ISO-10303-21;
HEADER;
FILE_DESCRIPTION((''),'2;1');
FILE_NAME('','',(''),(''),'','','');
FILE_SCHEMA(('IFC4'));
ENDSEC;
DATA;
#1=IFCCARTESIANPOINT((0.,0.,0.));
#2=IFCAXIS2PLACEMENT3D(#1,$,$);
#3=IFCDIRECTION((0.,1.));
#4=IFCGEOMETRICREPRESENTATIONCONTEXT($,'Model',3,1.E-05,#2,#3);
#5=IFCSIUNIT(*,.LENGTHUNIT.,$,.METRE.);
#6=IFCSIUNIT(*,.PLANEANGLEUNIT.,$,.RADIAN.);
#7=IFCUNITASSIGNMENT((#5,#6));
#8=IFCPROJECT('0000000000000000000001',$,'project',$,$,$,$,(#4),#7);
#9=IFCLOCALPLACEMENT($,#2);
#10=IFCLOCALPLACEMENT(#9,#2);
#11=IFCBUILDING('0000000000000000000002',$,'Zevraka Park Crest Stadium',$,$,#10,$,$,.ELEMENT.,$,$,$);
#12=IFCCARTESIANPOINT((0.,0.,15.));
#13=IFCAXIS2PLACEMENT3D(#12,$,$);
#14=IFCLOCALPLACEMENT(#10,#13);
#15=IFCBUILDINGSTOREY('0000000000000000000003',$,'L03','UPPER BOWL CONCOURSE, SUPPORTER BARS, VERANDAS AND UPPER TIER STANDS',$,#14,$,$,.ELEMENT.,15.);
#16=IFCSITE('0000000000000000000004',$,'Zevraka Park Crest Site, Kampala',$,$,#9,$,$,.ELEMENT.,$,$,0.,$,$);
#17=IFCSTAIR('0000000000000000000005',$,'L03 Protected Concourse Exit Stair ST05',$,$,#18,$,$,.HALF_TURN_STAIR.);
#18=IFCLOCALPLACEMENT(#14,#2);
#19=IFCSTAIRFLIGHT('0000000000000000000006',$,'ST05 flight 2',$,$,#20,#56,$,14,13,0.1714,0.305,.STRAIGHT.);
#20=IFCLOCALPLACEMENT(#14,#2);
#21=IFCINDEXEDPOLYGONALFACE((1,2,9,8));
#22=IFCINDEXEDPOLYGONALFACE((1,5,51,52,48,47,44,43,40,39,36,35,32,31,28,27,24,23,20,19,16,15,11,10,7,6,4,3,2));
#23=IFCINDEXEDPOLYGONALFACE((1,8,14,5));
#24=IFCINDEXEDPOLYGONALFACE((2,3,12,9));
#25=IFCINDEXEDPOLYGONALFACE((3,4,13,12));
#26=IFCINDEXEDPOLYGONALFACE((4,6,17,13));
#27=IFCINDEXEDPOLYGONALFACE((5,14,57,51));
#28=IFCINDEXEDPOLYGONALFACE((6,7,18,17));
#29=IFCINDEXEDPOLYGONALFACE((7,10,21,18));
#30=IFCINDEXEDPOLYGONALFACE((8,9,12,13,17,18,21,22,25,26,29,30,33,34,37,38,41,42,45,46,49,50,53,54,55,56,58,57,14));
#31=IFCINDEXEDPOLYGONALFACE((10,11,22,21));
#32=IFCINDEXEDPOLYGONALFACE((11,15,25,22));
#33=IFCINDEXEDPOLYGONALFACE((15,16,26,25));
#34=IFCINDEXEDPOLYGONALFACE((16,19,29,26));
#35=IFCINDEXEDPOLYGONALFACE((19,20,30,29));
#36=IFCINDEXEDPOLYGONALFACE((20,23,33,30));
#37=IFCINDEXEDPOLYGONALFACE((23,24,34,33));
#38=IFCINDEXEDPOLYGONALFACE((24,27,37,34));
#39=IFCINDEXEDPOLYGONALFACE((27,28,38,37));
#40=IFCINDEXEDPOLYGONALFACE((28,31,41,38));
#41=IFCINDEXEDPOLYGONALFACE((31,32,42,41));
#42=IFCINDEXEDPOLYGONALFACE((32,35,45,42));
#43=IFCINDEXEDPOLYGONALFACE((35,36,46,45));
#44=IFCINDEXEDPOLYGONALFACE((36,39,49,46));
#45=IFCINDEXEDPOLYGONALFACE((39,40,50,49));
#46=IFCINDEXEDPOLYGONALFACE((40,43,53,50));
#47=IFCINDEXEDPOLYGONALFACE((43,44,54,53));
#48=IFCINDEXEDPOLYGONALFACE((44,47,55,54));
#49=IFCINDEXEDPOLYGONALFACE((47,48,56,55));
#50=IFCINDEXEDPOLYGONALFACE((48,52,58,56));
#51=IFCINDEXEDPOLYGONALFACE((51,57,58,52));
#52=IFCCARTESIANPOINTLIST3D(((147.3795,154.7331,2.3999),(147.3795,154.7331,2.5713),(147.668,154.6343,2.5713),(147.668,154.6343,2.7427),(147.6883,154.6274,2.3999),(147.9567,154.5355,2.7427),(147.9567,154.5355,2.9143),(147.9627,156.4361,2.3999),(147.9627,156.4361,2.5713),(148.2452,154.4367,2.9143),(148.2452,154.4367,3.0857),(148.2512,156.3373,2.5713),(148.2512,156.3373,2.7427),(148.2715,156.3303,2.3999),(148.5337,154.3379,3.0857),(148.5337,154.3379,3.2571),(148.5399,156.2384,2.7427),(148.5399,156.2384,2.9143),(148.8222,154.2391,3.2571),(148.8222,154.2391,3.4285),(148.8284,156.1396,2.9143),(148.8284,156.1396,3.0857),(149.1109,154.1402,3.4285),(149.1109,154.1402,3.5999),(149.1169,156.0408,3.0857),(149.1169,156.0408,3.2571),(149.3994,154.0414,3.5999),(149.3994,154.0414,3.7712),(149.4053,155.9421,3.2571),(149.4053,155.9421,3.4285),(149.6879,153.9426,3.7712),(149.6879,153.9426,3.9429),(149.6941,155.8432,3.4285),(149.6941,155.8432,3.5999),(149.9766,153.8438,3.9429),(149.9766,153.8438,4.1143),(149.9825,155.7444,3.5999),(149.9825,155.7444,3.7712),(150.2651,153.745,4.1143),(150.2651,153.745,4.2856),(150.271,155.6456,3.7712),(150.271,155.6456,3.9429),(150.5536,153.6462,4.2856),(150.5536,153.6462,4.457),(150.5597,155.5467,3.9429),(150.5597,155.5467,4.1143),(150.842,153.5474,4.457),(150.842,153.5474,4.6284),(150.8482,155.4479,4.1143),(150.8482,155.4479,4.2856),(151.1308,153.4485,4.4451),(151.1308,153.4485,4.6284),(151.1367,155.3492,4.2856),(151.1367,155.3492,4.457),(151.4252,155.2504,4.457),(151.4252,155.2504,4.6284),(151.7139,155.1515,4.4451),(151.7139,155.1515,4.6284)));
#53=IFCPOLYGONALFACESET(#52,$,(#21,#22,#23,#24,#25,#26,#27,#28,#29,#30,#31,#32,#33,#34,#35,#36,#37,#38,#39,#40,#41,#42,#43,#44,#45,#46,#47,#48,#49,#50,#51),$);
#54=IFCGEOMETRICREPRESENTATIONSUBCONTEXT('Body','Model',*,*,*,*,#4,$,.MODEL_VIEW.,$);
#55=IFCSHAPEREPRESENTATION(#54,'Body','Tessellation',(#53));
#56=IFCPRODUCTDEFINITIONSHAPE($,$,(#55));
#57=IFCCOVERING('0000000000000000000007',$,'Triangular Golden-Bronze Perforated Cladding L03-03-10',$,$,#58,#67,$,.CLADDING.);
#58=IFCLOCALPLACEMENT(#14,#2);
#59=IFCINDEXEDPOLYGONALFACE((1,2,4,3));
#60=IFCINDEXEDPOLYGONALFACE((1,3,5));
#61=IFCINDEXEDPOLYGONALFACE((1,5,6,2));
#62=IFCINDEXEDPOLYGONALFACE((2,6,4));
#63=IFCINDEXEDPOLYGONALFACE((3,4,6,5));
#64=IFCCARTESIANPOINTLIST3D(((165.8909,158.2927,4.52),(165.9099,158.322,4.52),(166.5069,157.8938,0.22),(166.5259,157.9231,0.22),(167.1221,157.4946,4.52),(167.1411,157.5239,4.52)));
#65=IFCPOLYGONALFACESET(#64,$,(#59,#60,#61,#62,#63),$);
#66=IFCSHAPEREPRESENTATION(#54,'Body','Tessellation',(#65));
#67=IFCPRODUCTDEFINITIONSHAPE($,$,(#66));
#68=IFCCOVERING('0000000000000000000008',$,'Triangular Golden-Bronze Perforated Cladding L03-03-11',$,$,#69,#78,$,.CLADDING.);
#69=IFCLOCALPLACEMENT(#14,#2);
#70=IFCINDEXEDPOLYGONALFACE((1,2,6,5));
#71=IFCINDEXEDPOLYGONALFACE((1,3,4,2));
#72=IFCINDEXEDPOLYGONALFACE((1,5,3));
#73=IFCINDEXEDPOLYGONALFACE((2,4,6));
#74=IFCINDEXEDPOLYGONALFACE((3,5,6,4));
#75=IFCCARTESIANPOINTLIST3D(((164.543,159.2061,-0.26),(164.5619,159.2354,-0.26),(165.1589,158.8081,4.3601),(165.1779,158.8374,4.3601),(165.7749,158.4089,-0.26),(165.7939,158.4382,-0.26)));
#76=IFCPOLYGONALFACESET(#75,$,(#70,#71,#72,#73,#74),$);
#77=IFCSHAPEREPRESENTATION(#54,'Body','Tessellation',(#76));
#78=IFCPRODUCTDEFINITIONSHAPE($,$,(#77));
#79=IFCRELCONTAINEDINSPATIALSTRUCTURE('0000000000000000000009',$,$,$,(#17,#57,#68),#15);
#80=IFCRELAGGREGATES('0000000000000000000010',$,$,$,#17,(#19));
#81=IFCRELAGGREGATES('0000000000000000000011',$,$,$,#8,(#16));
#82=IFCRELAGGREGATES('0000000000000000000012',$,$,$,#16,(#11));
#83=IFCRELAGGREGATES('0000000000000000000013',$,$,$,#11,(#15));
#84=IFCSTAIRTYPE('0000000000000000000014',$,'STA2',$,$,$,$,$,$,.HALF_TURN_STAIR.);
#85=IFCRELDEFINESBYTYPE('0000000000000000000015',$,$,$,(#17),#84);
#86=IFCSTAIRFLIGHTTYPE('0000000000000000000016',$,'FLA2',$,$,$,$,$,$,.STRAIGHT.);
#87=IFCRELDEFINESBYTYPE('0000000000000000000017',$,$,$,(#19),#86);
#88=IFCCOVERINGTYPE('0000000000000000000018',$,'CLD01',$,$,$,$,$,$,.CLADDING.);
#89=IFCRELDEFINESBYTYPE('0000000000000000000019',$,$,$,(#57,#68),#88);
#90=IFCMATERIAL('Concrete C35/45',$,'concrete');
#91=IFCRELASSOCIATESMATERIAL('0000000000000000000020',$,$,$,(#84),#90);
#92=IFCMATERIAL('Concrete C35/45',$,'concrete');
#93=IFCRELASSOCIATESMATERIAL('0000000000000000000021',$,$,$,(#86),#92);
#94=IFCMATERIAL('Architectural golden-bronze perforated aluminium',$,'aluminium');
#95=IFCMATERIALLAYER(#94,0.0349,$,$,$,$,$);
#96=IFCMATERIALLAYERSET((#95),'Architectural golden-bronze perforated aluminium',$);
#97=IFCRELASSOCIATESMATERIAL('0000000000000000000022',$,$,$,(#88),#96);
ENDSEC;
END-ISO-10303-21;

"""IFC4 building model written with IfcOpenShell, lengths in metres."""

from ifc_helpers import new_model, si_unit, direction, frame, origin, place, context, subcontext, project, spatial, polyline, outline, extrude, material, layer, layer_set, type_object, element, aggregate, save


model = new_model("IFC4")

# Units and contexts
model_context = context("Model", 3, precision=1e-05, world=origin(), true_north=direction((0.0, 1.0)))
body_context = subcontext(model_context, "Body", "Model", "MODEL_VIEW")
ifc_project = project(units=[si_unit("LENGTHUNIT", "METRE"), si_unit("PLANEANGLEUNIT", "RADIAN")], contexts=[model_context])

# Site, building, storey
site_placement = place(None, origin())
site = spatial("IfcSite", under=ifc_project, at=site_placement, Name="Zevraka Park Crest Site, Kampala", CompositionType="ELEMENT", RefElevation=0.0)
building_placement = place(site_placement, origin())
building = spatial("IfcBuilding", under=site, at=building_placement, Name="Zevraka Park Crest Stadium", CompositionType="ELEMENT")
storey_placement = place(building_placement, frame((0.0, 0.0, 15.0)))
storey = spatial("IfcBuildingStorey", under=building, at=storey_placement, Name="L03", Description="UPPER BOWL CONCOURSE, SUPPORTER BARS, VERANDAS AND UPPER TIER STANDS", CompositionType="ELEMENT", Elevation=15.0)

# Stair, stair flight
ifc_material_1 = material(Name="Concrete C35/45", Category="concrete")
stair_type = type_object("IfcStairType", Name="STA2", PredefinedType="HALF_TURN_STAIR", material=ifc_material_1)
stair_placement = place(storey_placement, origin())
stair = element("IfcStair", 1, at=stair_placement, inside=storey, type_object=stair_type, Name="L03 Protected Concourse Exit Stair ST05", PredefinedType="HALF_TURN_STAIR")
ifc_material_2 = material(Name="Concrete C35/45", Category="concrete")
stair_flight_type = type_object("IfcStairFlightType", Name="FLA2", PredefinedType="STRAIGHT", material=ifc_material_2)
stair_flight_1_placement = place(storey_placement, frame((147.6711, 155.5847, 2.3999), z_axis=(0.0, 0.0, 1.0), x_axis=(0.946066, -0.323974, 0.0)))
stair_flight_1 = element("IfcStairFlight", 2, at=stair_flight_1_placement, type_object=stair_flight_type, Name="ST05 flight 2", NumberOfRisers=14, NumberOfTreads=13, PredefinedType="STRAIGHT", RiserHeight=0.1714, TreadLength=0.305, context=body_context, shape_type="SweptSolid", body=[
    extrude(outline(polyline([(0.0, 0.0), (0.0, 0.1714), (0.3049, 0.1714), (0.3049, 0.3428), (0.6101, 0.3428), (0.6101, 0.5144), (0.915, 0.5144), (0.915, 0.6858), (1.22, 0.6858), (1.22, 0.8572), (1.5249, 0.8572), (1.5249, 1.0286), (1.8301, 1.0286), (1.8301, 1.2), (2.135, 1.2), (2.135, 1.3713), (2.4399, 1.3713), (2.4399, 1.543), (2.7451, 1.543), (2.7451, 1.7144), (3.05, 1.7144), (3.05, 1.8857), (3.355, 1.8857), (3.355, 2.0571), (3.6599, 2.0571), (3.6599, 2.2285), (3.9651, 2.2285), (3.9651, 2.3999), (3.9651, 2.0452), (0.3264, 0.0), (0.0, 0.0)])), frame((0.0, 0.8999, 0.0), z_axis=(0.0, -1.0, 0.0), x_axis=(1.0, 0.0, 0.0)), (0.0, 0.0, 1.0), 1.8),
])
aggregate(stair, [stair_flight_1])

# Coverings
ifc_material_3 = material(Name="Architectural golden-bronze perforated aluminium", Category="aluminium")
ifc_layer_1 = layer(ifc_material_3, 0.0349)
ifc_layer_set_1 = layer_set([ifc_layer_1], Name="Architectural golden-bronze perforated aluminium")
covering_type = type_object("IfcCoveringType", Name="CLD01", PredefinedType="CLADDING", material=ifc_layer_set_1)
covering_1_placement = place(storey_placement, frame((165.9099, 158.322, 4.52), z_axis=(0.543941, 0.839123, 0.00007), x_axis=(0.839123, -0.543941, 0.0)))
element("IfcCovering", 3, at=covering_1_placement, inside=storey, type_object=covering_type, Name="Triangular Golden-Bronze Perforated Cladding L03-03-10", PredefinedType="CLADDING", context=body_context, shape_type="SweptSolid", body=[
    extrude(outline(polyline([(0.0, 0.0), (1.4672, 0.0), (0.7339, 4.3), (0.0, 0.0)])), origin(), (0.0, 0.0, -1.0), 0.0349),
])
covering_2_placement = place(storey_placement, frame((165.7749, 158.4089, -0.26), z_axis=(-0.543244, -0.839575, 0.000111), x_axis=(-0.839575, 0.543244, 0.0)))
element("IfcCovering", 4, at=covering_2_placement, inside=storey, type_object=covering_type, Name="Triangular Golden-Bronze Perforated Cladding L03-03-11", PredefinedType="CLADDING", context=body_context, shape_type="SweptSolid", body=[
    extrude(outline(polyline([(0.0, 0.0), (1.4673, 0.0), (0.734, -4.6201), (0.0, 0.0)])), origin(), (0.0, 0.0, -1.0), 0.0349),
])

save(model, "model.ifc")
